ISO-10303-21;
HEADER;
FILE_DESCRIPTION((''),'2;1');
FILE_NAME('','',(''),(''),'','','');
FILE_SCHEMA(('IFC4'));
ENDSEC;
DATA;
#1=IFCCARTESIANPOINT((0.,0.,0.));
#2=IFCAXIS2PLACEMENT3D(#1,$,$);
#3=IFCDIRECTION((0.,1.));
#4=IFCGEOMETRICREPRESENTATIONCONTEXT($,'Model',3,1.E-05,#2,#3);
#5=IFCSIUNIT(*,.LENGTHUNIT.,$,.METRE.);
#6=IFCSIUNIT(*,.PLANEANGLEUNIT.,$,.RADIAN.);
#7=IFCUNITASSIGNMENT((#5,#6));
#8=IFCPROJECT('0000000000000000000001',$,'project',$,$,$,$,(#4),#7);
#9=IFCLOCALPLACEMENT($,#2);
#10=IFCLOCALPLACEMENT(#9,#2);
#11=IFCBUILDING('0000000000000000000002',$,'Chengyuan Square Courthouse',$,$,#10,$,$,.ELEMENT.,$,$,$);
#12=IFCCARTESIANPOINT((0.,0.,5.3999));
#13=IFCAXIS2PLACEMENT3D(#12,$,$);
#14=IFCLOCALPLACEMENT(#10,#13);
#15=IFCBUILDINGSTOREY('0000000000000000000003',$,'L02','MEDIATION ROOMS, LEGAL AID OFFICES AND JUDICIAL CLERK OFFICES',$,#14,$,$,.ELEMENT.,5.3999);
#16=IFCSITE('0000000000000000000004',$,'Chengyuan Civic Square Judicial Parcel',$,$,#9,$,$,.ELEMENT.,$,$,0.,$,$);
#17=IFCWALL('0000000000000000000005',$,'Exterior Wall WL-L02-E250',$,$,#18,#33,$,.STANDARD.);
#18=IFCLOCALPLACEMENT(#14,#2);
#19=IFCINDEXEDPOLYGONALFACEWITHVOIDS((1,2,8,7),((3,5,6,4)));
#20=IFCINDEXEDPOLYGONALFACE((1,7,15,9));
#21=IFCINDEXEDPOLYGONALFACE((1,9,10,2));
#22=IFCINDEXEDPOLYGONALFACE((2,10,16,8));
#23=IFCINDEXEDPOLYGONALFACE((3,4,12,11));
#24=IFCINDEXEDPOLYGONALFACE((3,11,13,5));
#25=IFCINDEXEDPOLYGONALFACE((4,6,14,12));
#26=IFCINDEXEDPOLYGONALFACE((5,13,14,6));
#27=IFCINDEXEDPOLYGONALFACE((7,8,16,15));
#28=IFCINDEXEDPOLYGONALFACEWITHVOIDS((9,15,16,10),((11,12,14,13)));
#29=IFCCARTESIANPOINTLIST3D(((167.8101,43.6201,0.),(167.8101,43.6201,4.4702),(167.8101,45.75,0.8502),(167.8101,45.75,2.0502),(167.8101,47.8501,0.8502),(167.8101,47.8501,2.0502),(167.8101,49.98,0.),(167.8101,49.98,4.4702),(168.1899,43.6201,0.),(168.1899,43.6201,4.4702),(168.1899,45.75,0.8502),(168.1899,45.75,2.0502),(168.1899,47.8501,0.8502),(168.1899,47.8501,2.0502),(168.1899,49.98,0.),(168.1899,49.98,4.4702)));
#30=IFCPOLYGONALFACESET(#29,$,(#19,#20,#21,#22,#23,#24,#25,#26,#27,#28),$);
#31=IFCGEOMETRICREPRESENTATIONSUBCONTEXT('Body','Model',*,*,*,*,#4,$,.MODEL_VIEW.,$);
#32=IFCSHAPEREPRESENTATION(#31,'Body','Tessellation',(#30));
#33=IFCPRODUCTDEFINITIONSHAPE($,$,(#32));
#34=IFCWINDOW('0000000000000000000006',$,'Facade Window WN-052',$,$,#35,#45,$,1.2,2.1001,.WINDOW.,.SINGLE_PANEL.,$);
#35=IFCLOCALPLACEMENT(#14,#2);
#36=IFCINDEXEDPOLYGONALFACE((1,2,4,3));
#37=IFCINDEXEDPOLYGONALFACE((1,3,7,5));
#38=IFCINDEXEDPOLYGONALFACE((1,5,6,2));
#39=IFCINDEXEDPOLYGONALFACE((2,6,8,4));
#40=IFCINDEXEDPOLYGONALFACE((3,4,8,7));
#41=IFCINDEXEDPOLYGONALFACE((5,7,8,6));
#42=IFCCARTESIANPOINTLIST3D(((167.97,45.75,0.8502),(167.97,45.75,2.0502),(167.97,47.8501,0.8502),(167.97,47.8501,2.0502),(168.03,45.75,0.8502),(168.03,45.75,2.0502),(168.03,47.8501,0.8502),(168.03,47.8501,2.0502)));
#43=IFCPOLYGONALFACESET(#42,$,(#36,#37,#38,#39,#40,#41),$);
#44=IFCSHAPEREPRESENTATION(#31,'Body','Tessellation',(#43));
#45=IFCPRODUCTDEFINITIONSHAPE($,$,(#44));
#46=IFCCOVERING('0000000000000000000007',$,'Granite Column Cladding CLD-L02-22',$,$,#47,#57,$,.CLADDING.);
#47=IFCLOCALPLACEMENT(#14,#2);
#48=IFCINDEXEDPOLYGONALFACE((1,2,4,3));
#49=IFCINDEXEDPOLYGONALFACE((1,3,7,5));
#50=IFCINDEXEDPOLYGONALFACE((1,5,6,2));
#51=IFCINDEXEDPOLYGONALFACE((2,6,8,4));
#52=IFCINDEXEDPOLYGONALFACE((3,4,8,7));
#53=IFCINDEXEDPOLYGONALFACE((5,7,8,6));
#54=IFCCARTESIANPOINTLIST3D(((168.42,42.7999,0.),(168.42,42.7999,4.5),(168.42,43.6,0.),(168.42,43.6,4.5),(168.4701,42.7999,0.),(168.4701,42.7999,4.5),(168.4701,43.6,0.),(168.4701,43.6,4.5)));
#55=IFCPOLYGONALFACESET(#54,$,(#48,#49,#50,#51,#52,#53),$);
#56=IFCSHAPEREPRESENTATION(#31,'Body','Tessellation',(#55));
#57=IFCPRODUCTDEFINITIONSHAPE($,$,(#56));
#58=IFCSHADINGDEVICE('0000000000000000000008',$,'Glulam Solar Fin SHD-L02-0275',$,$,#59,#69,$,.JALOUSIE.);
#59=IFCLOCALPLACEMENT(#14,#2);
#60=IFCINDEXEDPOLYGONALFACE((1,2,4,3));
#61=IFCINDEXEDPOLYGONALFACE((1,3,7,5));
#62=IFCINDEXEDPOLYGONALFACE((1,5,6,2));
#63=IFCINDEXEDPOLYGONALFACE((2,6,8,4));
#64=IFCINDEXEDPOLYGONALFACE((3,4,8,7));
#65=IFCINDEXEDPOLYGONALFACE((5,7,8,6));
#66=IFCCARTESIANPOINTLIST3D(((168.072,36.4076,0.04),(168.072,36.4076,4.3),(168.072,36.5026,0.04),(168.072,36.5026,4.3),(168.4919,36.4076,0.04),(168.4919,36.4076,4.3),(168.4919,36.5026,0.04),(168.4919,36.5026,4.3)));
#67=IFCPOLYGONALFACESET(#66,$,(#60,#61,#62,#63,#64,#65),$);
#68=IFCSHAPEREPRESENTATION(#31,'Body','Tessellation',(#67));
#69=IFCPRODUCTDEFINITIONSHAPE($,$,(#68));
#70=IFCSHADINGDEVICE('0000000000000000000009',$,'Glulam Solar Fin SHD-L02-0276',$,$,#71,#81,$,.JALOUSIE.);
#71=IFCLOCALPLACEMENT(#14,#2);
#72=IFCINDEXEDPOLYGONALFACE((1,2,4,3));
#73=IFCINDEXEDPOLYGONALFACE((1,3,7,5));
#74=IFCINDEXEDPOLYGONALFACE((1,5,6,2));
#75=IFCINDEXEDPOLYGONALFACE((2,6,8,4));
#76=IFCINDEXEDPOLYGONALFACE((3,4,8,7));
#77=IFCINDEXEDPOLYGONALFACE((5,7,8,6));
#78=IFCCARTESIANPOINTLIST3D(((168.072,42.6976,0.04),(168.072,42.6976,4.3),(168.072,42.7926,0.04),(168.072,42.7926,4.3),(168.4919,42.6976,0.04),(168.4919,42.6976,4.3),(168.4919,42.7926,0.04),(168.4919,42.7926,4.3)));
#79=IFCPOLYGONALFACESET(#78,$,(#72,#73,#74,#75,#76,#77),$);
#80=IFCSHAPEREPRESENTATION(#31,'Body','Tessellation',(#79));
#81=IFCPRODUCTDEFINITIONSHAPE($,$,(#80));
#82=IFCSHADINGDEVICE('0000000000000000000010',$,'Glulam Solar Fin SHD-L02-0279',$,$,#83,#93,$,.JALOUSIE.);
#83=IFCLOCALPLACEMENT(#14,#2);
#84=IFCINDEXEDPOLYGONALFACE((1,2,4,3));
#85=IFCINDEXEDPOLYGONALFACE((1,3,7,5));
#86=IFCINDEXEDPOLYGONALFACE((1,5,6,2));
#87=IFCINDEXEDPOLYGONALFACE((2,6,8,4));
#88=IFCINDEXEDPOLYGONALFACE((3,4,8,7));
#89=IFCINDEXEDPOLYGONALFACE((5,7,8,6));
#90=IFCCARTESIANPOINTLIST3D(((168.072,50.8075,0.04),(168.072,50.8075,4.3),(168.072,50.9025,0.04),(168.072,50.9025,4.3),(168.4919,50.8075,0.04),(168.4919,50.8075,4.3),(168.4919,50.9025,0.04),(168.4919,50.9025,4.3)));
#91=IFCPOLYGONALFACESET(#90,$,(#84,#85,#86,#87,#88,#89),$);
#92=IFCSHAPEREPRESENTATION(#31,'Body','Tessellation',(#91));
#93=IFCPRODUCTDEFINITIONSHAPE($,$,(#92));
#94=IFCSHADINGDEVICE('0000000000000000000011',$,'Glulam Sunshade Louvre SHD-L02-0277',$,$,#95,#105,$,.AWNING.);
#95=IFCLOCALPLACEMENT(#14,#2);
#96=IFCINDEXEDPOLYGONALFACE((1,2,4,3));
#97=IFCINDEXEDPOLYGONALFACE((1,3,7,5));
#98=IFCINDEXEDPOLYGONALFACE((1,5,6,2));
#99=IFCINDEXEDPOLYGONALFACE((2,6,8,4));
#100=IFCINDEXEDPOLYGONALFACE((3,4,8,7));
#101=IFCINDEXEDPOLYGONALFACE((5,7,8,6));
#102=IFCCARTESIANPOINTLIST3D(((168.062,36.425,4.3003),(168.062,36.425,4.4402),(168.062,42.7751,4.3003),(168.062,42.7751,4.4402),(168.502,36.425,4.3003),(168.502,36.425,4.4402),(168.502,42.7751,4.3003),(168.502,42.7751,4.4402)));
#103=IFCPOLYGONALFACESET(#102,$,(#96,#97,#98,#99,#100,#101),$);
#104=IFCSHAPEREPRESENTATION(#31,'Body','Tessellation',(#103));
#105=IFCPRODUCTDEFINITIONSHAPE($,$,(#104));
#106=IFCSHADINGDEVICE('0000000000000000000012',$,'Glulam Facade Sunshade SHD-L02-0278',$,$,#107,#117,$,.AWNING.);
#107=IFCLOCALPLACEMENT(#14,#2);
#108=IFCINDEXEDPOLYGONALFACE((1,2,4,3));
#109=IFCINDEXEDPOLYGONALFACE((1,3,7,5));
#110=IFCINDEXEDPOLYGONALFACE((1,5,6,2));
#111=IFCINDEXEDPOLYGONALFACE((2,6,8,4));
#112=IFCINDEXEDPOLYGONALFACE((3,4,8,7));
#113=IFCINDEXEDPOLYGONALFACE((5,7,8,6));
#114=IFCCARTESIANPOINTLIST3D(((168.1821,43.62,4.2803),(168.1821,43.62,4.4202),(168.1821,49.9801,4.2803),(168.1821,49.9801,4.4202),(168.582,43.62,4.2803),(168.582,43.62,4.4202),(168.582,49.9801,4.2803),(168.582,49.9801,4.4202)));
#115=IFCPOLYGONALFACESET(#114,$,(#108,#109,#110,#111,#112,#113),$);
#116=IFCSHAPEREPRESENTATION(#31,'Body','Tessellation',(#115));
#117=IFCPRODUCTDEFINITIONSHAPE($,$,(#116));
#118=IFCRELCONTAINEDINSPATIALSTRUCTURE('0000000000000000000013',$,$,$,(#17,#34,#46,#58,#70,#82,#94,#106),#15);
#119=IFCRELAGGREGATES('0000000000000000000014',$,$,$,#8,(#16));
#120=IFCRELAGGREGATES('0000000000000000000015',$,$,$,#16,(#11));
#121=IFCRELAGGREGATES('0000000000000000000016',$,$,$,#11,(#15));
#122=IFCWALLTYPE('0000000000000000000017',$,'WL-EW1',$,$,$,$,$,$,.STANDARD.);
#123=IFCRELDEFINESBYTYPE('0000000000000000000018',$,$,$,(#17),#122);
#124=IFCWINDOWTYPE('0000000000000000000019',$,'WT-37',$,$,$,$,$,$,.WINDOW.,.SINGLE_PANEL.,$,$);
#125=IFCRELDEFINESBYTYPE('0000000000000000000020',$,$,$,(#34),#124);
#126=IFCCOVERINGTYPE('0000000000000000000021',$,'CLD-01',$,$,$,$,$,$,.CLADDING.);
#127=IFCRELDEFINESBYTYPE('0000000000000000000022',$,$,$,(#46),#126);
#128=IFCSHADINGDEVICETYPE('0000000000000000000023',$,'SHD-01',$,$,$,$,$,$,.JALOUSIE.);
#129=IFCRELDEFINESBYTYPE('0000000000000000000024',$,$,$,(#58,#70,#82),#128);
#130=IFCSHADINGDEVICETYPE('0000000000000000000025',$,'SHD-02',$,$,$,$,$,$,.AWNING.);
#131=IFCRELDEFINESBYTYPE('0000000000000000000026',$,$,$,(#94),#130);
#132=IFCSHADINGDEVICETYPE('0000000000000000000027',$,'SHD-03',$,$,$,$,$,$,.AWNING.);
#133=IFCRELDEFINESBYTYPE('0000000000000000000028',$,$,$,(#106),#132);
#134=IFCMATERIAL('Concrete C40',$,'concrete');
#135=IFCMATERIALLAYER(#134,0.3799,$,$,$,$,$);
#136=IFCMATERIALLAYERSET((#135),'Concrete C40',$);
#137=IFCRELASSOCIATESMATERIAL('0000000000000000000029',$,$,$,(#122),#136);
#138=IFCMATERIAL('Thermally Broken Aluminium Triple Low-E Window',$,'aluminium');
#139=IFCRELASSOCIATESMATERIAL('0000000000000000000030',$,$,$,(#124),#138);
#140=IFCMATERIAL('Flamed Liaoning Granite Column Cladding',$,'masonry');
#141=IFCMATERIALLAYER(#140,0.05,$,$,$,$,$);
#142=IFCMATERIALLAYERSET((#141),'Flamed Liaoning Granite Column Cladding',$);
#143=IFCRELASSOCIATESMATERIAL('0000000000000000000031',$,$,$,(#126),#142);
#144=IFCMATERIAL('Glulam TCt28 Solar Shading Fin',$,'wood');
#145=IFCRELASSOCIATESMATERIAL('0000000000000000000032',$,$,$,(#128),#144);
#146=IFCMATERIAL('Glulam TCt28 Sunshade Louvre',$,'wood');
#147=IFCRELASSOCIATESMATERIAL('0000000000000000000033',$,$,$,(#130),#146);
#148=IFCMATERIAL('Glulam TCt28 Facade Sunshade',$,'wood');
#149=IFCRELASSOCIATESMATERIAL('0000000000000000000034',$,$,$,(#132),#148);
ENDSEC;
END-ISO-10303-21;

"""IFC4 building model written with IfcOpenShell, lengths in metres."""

from ifc_helpers import new_model, si_unit, direction, frame, frame_2d, origin, origin_2d, place, context, subcontext, project, spatial, rectangle, extrude, material, layer, layer_set, type_object, element, fill, save


model = new_model("IFC4")

# Units and contexts
model_context = context("Model", 3, precision=1e-05, world=origin(), true_north=direction((0.0, 1.0)))
body_context = subcontext(model_context, "Body", "Model", "MODEL_VIEW")
ifc_project = project(units=[si_unit("LENGTHUNIT", "METRE"), si_unit("PLANEANGLEUNIT", "RADIAN")], contexts=[model_context])

# Site, building, storey
site_placement = place(None, origin())
site = spatial("IfcSite", under=ifc_project, at=site_placement, Name="Chengyuan Civic Square Judicial Parcel", CompositionType="ELEMENT", RefElevation=0.0)
building_placement = place(site_placement, origin())
building = spatial("IfcBuilding", under=site, at=building_placement, Name="Chengyuan Square Courthouse", CompositionType="ELEMENT")
storey_placement = place(building_placement, frame((0.0, 0.0, 5.3999)))
storey = spatial("IfcBuildingStorey", under=building, at=storey_placement, Name="L02", Description="MEDIATION ROOMS, LEGAL AID OFFICES AND JUDICIAL CLERK OFFICES", CompositionType="ELEMENT", Elevation=5.3999)

# Shared definitions
ifc_material_1 = material(Name="Concrete C40", Category="concrete")

# Wall, opening, window
ifc_layer_1 = layer(ifc_material_1, 0.3799)
ifc_layer_set_1 = layer_set([ifc_layer_1], Name="Concrete C40")
wall_type = type_object("IfcWallType", Name="WL-EW1", PredefinedType="STANDARD", material=ifc_layer_set_1)
wall_placement = place(storey_placement, frame((168.0, 43.6201, 0.0), z_axis=(0.0, 0.0, 1.0), x_axis=(0.0, 1.0, 0.0)))
wall = element("IfcWall", 1, at=wall_placement, inside=storey, type_object=wall_type, Name="Exterior Wall WL-L02-E250", PredefinedType="STANDARD", context=body_context, shape_type="SweptSolid", body=[
    extrude(rectangle(XDim=6.3599, YDim=0.3799, at=frame_2d((3.1799, 0.0))), origin(), (0.0, 0.0, 1.0), 4.4702),
])
opening_placement = place(wall_placement, frame((2.1299, 0.0, 0.8501)))
opening = element("IfcOpeningElement", 2, at=opening_placement, cuts=wall, PredefinedType="OPENING", context=body_context, shape_type="SweptSolid", body=[
    extrude(rectangle(XDim=2.1001, YDim=1.2, at=frame_2d((1.05, 0.6001))), frame((0.0, 0.2019, 0.0), z_axis=(0.0, -1.0, 0.0), x_axis=(1.0, 0.0, 0.0)), (0.0, 0.0, 1.0), 0.4038),
])
ifc_material_2 = material(Name="Thermally Broken Aluminium Triple Low-E Window", Category="aluminium")
window_type = type_object("IfcWindowType", Name="WT-37", PartitioningType="SINGLE_PANEL", PredefinedType="WINDOW", material=ifc_material_2)
window_placement = place(opening_placement, origin())
window = element("IfcWindow", 3, at=window_placement, inside=storey, type_object=window_type, Name="Facade Window WN-052", OverallHeight=1.2, OverallWidth=2.1001, PartitioningType="SINGLE_PANEL", PredefinedType="WINDOW", context=body_context, shape_type="SweptSolid", body=[
    extrude(rectangle(XDim=2.1001, YDim=1.2, at=frame_2d((1.05, 0.6001))), frame((0.0, 0.03, 0.0), z_axis=(0.0, -1.0, 0.0), x_axis=(1.0, 0.0, 0.0)), (0.0, 0.0, 1.0), 0.0601),
])
fill(opening, window)

# Covering
ifc_material_3 = material(Name="Flamed Liaoning Granite Column Cladding", Category="masonry")
ifc_layer_2 = layer(ifc_material_3, 0.05)
ifc_layer_set_2 = layer_set([ifc_layer_2], Name="Flamed Liaoning Granite Column Cladding")
covering_type = type_object("IfcCoveringType", Name="CLD-01", PredefinedType="CLADDING", material=ifc_layer_set_2)
covering_placement = place(storey_placement, frame((168.4451, 43.2, 0.0), z_axis=(0.0, 0.0, 1.0), x_axis=(1.0, 0.0, 0.0)))
element("IfcCovering", 4, at=covering_placement, inside=storey, type_object=covering_type, Name="Granite Column Cladding CLD-L02-22", PredefinedType="CLADDING", context=body_context, shape_type="SweptSolid", body=[
    extrude(rectangle(XDim=0.05, YDim=0.8, at=origin_2d()), origin(), (0.0, 0.0, 1.0), 4.5),
])

# Shading devices
ifc_material_4 = material(Name="Glulam TCt28 Solar Shading Fin", Category="wood")
shading_device_type_1 = type_object("IfcShadingDeviceType", Name="SHD-01", PredefinedType="JALOUSIE", material=ifc_material_4)
for number, where, z_axis, x_axis, name in (
    (5, (168.282, 36.4551, 0.04), (0.0, 0.0, 1.0), (1.0, 0.0, 0.0), "Glulam Solar Fin SHD-L02-0275"),
    (6, (168.282, 42.7451, 0.04), (0.0, 0.0, 1.0), (1.0, 0.0, 0.0), "Glulam Solar Fin SHD-L02-0276"),
    (7, (168.282, 50.855, 0.04), (0.0, 0.0, 1.0), (1.0, 0.0, 0.0), "Glulam Solar Fin SHD-L02-0279"),
):
    element("IfcShadingDevice", number, at=place(storey_placement, frame(where, z_axis=z_axis, x_axis=x_axis)), inside=storey, type_object=shading_device_type_1, Name=name, PredefinedType="JALOUSIE", context=body_context, shape_type="SweptSolid", body=[
        extrude(rectangle(XDim=0.4199, YDim=0.095, at=origin_2d()), origin(), (0.0, 0.0, 1.0), 4.26),
    ])
ifc_material_5 = material(Name="Glulam TCt28 Sunshade Louvre", Category="wood")
shading_device_type_2 = type_object("IfcShadingDeviceType", Name="SHD-02", PredefinedType="AWNING", material=ifc_material_5)
shading_device_1_placement = place(storey_placement, frame((168.282, 39.6001, 4.3003), z_axis=(0.0, 0.0, 1.0), x_axis=(0.0, 1.0, 0.0)))
element("IfcShadingDevice", 8, at=shading_device_1_placement, inside=storey, type_object=shading_device_type_2, Name="Glulam Sunshade Louvre SHD-L02-0277", PredefinedType="AWNING", context=body_context, shape_type="SweptSolid", body=[
    extrude(rectangle(XDim=6.3501, YDim=0.4399, at=origin_2d()), origin(), (0.0, 0.0, 1.0), 0.1399),
])
ifc_material_6 = material(Name="Glulam TCt28 Facade Sunshade", Category="wood")
shading_device_type_3 = type_object("IfcShadingDeviceType", Name="SHD-03", PredefinedType="AWNING", material=ifc_material_6)
shading_device_2_placement = place(storey_placement, frame((168.3821, 46.8, 4.2803), z_axis=(0.0, 0.0, 1.0), x_axis=(0.0, 1.0, 0.0)))
element("IfcShadingDevice", 9, at=shading_device_2_placement, inside=storey, type_object=shading_device_type_3, Name="Glulam Facade Sunshade SHD-L02-0278", PredefinedType="AWNING", context=body_context, shape_type="SweptSolid", body=[
    extrude(rectangle(XDim=6.3601, YDim=0.3999, at=origin_2d()), origin(), (0.0, 0.0, 1.0), 0.1399),
])

save(model, "model.ifc")
